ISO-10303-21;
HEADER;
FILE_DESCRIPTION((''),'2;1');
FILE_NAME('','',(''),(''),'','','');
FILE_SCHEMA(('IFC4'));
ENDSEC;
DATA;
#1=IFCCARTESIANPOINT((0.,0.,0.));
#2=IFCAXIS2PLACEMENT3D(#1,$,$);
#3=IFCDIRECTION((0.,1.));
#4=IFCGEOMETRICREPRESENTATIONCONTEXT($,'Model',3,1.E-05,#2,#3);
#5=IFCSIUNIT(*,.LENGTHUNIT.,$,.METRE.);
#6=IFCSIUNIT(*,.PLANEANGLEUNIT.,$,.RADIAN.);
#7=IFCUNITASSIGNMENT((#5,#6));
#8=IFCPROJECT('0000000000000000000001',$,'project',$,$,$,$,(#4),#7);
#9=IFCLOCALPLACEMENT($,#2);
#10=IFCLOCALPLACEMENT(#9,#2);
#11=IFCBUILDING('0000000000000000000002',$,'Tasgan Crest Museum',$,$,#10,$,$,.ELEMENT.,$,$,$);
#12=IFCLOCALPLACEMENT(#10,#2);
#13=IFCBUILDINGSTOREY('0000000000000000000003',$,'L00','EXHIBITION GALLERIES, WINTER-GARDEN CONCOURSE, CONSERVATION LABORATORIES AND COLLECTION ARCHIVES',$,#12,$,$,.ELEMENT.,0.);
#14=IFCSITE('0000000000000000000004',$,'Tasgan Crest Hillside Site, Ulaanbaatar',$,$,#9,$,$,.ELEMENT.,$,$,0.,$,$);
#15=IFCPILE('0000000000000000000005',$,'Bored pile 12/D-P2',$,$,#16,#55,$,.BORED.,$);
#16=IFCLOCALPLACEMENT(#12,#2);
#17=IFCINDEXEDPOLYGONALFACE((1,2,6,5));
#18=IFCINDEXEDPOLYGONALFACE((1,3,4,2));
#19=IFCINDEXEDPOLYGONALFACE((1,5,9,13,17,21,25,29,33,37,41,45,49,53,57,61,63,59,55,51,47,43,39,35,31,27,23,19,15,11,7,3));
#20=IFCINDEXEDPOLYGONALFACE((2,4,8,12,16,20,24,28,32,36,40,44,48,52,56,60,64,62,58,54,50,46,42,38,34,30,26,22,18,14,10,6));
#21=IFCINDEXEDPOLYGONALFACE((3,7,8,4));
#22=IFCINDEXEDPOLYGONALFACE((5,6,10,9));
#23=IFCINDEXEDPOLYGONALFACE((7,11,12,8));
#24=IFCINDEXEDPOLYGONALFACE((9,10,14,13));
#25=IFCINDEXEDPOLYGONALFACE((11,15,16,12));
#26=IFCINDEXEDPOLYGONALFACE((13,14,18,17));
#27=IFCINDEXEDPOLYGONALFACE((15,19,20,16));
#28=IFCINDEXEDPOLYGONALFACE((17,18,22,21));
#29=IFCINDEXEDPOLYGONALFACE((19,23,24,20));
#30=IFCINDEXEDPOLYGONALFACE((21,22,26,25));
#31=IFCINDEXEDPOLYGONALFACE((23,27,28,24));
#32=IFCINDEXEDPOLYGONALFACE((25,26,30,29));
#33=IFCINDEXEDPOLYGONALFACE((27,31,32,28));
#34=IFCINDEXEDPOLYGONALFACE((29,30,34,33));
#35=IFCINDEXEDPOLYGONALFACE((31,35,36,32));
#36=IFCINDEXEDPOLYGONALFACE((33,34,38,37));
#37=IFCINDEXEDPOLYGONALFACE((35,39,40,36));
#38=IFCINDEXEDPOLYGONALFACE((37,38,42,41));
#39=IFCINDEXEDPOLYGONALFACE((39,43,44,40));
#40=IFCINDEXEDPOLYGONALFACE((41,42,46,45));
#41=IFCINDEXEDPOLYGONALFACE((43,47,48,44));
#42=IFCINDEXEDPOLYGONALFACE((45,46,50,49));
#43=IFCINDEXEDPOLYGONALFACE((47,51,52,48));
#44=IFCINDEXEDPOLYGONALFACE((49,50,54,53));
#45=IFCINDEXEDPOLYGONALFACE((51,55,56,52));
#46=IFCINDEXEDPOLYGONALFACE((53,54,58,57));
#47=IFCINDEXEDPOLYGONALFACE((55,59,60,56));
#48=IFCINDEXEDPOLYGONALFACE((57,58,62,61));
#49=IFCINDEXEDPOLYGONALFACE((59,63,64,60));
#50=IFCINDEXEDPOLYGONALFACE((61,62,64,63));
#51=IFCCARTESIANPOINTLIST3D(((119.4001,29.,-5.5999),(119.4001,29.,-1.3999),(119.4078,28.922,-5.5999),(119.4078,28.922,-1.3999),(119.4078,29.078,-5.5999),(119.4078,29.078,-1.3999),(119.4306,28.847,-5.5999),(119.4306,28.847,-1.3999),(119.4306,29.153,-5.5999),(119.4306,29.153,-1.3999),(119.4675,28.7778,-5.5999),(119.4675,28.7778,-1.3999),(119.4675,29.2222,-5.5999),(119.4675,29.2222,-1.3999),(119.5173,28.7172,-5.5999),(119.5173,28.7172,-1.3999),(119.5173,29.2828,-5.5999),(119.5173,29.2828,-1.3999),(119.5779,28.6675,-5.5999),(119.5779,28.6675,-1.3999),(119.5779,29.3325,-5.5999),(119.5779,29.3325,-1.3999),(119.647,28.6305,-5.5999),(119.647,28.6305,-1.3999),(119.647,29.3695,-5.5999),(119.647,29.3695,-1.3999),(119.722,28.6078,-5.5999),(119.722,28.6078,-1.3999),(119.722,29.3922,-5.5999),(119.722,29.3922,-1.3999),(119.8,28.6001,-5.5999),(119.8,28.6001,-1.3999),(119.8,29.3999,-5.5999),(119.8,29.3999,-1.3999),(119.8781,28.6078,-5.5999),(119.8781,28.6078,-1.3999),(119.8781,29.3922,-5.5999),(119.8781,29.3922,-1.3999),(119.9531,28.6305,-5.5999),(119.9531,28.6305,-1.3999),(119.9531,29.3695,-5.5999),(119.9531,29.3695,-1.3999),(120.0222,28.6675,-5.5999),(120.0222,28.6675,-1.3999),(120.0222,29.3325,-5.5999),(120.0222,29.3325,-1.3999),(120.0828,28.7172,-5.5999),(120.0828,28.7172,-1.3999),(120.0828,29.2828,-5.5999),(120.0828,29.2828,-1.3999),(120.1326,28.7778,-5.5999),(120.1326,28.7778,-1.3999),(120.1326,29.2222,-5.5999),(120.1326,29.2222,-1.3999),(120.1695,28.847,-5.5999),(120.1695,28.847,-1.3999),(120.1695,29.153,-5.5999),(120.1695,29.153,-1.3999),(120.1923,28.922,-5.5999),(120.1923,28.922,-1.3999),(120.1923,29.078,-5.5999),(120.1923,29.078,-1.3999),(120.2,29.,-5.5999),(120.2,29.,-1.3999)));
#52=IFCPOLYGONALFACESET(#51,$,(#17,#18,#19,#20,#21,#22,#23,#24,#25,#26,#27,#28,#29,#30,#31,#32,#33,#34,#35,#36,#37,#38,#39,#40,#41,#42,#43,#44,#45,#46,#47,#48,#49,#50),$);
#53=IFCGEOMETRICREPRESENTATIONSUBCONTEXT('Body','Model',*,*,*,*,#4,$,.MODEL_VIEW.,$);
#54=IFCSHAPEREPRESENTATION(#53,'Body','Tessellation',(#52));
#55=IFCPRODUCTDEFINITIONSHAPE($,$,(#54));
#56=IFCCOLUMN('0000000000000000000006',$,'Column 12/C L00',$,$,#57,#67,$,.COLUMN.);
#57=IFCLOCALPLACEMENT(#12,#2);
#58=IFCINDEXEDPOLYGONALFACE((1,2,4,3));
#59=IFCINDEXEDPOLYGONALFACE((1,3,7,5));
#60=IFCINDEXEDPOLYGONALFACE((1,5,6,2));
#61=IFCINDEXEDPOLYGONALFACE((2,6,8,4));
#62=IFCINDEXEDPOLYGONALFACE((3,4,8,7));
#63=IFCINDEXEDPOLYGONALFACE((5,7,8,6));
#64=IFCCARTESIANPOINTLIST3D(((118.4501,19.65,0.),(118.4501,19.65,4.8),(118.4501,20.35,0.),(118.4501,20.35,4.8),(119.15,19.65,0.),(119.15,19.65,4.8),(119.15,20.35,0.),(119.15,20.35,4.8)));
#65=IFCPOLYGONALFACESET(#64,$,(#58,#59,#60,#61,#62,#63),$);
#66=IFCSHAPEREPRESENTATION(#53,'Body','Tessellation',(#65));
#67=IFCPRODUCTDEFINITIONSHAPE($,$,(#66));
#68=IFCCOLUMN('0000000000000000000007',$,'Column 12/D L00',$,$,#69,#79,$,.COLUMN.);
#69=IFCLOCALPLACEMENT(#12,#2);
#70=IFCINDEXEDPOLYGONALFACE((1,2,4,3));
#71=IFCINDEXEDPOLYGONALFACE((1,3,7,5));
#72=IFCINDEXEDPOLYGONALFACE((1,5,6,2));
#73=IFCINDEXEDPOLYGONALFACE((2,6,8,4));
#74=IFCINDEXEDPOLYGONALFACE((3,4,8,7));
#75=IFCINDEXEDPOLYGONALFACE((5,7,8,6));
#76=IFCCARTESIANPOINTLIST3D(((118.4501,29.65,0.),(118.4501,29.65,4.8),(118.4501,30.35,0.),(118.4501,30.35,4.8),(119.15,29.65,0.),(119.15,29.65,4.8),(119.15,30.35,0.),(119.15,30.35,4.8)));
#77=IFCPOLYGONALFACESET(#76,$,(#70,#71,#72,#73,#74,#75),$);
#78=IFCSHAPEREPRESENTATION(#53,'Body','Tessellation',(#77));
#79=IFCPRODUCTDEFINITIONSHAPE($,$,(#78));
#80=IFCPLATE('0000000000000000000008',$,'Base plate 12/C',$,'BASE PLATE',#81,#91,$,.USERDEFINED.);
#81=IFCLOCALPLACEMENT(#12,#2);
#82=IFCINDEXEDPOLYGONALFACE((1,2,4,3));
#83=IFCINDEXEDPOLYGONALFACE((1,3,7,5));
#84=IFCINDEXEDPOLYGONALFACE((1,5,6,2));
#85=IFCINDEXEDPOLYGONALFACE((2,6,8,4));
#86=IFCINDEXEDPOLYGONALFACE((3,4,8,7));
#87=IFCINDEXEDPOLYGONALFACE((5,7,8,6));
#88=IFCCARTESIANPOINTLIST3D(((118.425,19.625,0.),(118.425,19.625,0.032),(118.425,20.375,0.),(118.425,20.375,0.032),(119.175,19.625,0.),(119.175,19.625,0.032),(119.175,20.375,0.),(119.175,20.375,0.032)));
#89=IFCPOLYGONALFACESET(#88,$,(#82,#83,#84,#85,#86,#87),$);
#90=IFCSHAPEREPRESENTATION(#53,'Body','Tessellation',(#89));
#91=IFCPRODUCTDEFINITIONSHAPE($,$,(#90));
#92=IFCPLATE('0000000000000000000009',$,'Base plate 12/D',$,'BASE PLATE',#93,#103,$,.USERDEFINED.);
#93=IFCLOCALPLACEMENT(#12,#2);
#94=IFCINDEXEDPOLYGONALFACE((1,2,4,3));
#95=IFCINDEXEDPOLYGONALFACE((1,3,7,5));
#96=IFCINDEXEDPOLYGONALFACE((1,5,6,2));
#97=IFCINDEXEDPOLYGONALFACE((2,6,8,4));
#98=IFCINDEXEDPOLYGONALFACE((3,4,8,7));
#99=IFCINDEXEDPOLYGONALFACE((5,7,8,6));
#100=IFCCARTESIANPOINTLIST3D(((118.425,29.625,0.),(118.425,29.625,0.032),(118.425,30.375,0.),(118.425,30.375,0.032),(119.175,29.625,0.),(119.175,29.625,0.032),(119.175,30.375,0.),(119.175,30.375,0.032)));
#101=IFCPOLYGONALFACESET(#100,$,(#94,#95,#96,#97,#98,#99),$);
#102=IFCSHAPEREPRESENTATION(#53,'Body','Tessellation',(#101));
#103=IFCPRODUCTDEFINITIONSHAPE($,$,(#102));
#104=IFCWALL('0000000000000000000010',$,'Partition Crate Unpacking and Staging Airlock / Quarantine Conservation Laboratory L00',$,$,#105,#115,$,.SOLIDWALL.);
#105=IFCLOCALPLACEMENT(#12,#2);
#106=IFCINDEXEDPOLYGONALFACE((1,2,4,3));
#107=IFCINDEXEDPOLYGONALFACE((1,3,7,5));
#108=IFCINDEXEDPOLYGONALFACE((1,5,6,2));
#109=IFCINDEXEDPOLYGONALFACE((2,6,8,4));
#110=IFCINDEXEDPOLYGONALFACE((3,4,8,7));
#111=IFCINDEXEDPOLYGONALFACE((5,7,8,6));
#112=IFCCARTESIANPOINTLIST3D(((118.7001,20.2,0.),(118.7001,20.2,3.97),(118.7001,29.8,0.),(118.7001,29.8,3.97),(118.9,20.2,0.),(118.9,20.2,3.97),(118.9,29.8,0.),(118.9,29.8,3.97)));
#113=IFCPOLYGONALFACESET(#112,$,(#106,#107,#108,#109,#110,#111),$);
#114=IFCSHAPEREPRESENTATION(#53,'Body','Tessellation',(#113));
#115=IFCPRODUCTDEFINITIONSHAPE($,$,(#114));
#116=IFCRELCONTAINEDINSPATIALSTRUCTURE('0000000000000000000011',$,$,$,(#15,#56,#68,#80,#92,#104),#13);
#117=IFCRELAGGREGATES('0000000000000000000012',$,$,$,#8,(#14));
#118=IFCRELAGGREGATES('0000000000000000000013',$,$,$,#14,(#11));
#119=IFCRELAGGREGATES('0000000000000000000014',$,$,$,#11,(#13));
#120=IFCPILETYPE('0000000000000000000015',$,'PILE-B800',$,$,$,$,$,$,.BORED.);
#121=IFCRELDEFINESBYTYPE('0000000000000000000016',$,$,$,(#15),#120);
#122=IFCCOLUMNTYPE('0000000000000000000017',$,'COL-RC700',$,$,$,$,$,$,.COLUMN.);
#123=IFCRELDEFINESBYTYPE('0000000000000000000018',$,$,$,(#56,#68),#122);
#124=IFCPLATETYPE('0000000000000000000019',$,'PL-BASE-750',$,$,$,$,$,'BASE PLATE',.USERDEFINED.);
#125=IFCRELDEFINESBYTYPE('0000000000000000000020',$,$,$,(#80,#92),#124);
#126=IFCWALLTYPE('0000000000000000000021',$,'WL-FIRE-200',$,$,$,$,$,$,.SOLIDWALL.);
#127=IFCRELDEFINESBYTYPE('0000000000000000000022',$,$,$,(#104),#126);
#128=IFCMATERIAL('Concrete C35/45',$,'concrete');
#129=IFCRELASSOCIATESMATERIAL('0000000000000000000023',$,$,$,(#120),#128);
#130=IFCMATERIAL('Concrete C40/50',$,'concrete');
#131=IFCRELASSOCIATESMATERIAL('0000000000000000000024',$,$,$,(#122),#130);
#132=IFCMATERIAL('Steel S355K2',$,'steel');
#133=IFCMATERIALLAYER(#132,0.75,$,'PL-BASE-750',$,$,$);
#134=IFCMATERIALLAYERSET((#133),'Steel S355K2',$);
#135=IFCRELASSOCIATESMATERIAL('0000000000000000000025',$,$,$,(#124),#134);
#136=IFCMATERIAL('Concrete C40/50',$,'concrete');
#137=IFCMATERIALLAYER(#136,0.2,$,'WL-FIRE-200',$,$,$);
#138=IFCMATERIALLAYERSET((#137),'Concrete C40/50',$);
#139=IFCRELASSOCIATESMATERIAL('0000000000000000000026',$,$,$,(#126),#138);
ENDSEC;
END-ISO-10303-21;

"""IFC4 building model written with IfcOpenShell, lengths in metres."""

from ifc_helpers import new_model, si_unit, direction, frame, frame_2d, origin, origin_2d, place, context, subcontext, project, spatial, rectangle, circle, extrude, material, layer, layer_set, material_profile, profile_set, type_object, element, save


model = new_model("IFC4")

# Units and contexts
model_context = context("Model", 3, precision=1e-05, world=origin(), true_north=direction((0.0, 1.0)))
body_context = subcontext(model_context, "Body", "Model", "MODEL_VIEW")
ifc_project = project(units=[si_unit("LENGTHUNIT", "METRE"), si_unit("PLANEANGLEUNIT", "RADIAN")], contexts=[model_context])

# Site, building, storey
site_placement = place(None, origin())
site = spatial("IfcSite", under=ifc_project, at=site_placement, Name="Tasgan Crest Hillside Site, Ulaanbaatar", CompositionType="ELEMENT", RefElevation=0.0)
building_placement = place(site_placement, origin())
building = spatial("IfcBuilding", under=site, at=building_placement, Name="Tasgan Crest Museum", CompositionType="ELEMENT")
storey_placement = place(building_placement, origin())
storey = spatial("IfcBuildingStorey", under=building, at=storey_placement, Name="L00", Description="EXHIBITION GALLERIES, WINTER-GARDEN CONCOURSE, CONSERVATION LABORATORIES AND COLLECTION ARCHIVES", CompositionType="ELEMENT", Elevation=0.0)

# Pile
ifc_material_1 = material(Name="Concrete C35/45", Category="concrete")
ifc_material_profile_1 = material_profile(ifc_material_1, circle(Radius=0.3999, at=origin_2d()), Name="PILE D800")
ifc_profile_set_1 = profile_set([ifc_material_profile_1], Name="Concrete C35/45")
pile_type_1 = type_object("IfcPileType", Name="PILE-B800", PredefinedType="BORED", material=ifc_profile_set_1)
for number, where, z_axis, x_axis, name in (
    (1, (119.8, 29.0, -1.3999), (0.0, 0.0, -1.0), (1.0, 0.0, 0.0), "Bored pile 12/D-P2"),
):
    element("IfcPile", number, at=place(storey_placement, frame(where, z_axis=z_axis, x_axis=x_axis)), inside=storey, type_object=pile_type_1, Name=name, PredefinedType="BORED", context=body_context, shape_type="SweptSolid", body=[
        extrude(circle(Radius=0.3999, at=origin_2d()), origin(), (0.0, 0.0, 1.0), 4.2),
    ])

# Columns
ifc_material_2 = material(Name="Concrete C40/50", Category="concrete")
ifc_material_profile_2 = material_profile(ifc_material_2, rectangle(XDim=0.7, YDim=0.7, at=origin_2d()), Name="RC 700x700")
ifc_profile_set_2 = profile_set([ifc_material_profile_2], Name="Concrete C40/50")
column_type = type_object("IfcColumnType", Name="COL-RC700", PredefinedType="COLUMN", material=ifc_profile_set_2)
for number, where, z_axis, x_axis, name in (
    (2, (118.8, 20.0, 0.0), (0.0, 0.0, 1.0), (1.0, 0.0, 0.0), "Column 12/C L00"),
    (3, (118.8, 30.0, 0.0), (0.0, 0.0, 1.0), (1.0, 0.0, 0.0), "Column 12/D L00"),
):
    element("IfcColumn", number, at=place(storey_placement, frame(where, z_axis=z_axis, x_axis=x_axis)), inside=storey, type_object=column_type, Name=name, PredefinedType="COLUMN", context=body_context, shape_type="SweptSolid", body=[
        extrude(rectangle(XDim=0.7, YDim=0.7, at=origin_2d()), origin(), (0.0, 0.0, 1.0), 4.8),
    ])

# Plates
ifc_material_3 = material(Name="Steel S355K2", Category="steel")
ifc_layer_1 = layer(ifc_material_3, 0.75, Name="PL-BASE-750")
ifc_layer_set_1 = layer_set([ifc_layer_1], Name="Steel S355K2")
plate_type = type_object("IfcPlateType", Name="PL-BASE-750", ElementType="BASE PLATE", PredefinedType="USERDEFINED", material=ifc_layer_set_1)
for number, where, z_axis, x_axis, name in (
    (4, (118.8, 20.0, 0.0), (0.0, 0.0, 1.0), (1.0, 0.0, 0.0), "Base plate 12/C"),
    (5, (118.8, 30.0, 0.0), (0.0, 0.0, 1.0), (1.0, 0.0, 0.0), "Base plate 12/D"),
):
    element("IfcPlate", number, at=place(storey_placement, frame(where, z_axis=z_axis, x_axis=x_axis)), inside=storey, type_object=plate_type, Name=name, ObjectType="BASE PLATE", PredefinedType="USERDEFINED", context=body_context, shape_type="SweptSolid", body=[
        extrude(rectangle(XDim=0.75, YDim=0.75, at=origin_2d()), origin(), (0.0, 0.0, 1.0), 0.032),
    ])

# Wall
ifc_material_4 = material(Name="Concrete C40/50", Category="concrete")
ifc_layer_2 = layer(ifc_material_4, 0.2, Name="WL-FIRE-200")
ifc_layer_set_2 = layer_set([ifc_layer_2], Name="Concrete C40/50")
wall_type = type_object("IfcWallType", Name="WL-FIRE-200", PredefinedType="SOLIDWALL", material=ifc_layer_set_2)
wall_placement = place(storey_placement, frame((118.8, 20.2, 0.0), z_axis=(0.0, 0.0, 1.0), x_axis=(0.0, 1.0, 0.0)))
element("IfcWall", 6, at=wall_placement, inside=storey, type_object=wall_type, Name="Partition Crate Unpacking and Staging Airlock / Quarantine Conservation Laboratory L00", PredefinedType="SOLIDWALL", context=body_context, shape_type="SweptSolid", body=[
    extrude(rectangle(XDim=9.6001, YDim=0.2, at=frame_2d((4.8, 0.0))), origin(), (0.0, 0.0, 1.0), 3.97),
])

save(model, "model.ifc")
